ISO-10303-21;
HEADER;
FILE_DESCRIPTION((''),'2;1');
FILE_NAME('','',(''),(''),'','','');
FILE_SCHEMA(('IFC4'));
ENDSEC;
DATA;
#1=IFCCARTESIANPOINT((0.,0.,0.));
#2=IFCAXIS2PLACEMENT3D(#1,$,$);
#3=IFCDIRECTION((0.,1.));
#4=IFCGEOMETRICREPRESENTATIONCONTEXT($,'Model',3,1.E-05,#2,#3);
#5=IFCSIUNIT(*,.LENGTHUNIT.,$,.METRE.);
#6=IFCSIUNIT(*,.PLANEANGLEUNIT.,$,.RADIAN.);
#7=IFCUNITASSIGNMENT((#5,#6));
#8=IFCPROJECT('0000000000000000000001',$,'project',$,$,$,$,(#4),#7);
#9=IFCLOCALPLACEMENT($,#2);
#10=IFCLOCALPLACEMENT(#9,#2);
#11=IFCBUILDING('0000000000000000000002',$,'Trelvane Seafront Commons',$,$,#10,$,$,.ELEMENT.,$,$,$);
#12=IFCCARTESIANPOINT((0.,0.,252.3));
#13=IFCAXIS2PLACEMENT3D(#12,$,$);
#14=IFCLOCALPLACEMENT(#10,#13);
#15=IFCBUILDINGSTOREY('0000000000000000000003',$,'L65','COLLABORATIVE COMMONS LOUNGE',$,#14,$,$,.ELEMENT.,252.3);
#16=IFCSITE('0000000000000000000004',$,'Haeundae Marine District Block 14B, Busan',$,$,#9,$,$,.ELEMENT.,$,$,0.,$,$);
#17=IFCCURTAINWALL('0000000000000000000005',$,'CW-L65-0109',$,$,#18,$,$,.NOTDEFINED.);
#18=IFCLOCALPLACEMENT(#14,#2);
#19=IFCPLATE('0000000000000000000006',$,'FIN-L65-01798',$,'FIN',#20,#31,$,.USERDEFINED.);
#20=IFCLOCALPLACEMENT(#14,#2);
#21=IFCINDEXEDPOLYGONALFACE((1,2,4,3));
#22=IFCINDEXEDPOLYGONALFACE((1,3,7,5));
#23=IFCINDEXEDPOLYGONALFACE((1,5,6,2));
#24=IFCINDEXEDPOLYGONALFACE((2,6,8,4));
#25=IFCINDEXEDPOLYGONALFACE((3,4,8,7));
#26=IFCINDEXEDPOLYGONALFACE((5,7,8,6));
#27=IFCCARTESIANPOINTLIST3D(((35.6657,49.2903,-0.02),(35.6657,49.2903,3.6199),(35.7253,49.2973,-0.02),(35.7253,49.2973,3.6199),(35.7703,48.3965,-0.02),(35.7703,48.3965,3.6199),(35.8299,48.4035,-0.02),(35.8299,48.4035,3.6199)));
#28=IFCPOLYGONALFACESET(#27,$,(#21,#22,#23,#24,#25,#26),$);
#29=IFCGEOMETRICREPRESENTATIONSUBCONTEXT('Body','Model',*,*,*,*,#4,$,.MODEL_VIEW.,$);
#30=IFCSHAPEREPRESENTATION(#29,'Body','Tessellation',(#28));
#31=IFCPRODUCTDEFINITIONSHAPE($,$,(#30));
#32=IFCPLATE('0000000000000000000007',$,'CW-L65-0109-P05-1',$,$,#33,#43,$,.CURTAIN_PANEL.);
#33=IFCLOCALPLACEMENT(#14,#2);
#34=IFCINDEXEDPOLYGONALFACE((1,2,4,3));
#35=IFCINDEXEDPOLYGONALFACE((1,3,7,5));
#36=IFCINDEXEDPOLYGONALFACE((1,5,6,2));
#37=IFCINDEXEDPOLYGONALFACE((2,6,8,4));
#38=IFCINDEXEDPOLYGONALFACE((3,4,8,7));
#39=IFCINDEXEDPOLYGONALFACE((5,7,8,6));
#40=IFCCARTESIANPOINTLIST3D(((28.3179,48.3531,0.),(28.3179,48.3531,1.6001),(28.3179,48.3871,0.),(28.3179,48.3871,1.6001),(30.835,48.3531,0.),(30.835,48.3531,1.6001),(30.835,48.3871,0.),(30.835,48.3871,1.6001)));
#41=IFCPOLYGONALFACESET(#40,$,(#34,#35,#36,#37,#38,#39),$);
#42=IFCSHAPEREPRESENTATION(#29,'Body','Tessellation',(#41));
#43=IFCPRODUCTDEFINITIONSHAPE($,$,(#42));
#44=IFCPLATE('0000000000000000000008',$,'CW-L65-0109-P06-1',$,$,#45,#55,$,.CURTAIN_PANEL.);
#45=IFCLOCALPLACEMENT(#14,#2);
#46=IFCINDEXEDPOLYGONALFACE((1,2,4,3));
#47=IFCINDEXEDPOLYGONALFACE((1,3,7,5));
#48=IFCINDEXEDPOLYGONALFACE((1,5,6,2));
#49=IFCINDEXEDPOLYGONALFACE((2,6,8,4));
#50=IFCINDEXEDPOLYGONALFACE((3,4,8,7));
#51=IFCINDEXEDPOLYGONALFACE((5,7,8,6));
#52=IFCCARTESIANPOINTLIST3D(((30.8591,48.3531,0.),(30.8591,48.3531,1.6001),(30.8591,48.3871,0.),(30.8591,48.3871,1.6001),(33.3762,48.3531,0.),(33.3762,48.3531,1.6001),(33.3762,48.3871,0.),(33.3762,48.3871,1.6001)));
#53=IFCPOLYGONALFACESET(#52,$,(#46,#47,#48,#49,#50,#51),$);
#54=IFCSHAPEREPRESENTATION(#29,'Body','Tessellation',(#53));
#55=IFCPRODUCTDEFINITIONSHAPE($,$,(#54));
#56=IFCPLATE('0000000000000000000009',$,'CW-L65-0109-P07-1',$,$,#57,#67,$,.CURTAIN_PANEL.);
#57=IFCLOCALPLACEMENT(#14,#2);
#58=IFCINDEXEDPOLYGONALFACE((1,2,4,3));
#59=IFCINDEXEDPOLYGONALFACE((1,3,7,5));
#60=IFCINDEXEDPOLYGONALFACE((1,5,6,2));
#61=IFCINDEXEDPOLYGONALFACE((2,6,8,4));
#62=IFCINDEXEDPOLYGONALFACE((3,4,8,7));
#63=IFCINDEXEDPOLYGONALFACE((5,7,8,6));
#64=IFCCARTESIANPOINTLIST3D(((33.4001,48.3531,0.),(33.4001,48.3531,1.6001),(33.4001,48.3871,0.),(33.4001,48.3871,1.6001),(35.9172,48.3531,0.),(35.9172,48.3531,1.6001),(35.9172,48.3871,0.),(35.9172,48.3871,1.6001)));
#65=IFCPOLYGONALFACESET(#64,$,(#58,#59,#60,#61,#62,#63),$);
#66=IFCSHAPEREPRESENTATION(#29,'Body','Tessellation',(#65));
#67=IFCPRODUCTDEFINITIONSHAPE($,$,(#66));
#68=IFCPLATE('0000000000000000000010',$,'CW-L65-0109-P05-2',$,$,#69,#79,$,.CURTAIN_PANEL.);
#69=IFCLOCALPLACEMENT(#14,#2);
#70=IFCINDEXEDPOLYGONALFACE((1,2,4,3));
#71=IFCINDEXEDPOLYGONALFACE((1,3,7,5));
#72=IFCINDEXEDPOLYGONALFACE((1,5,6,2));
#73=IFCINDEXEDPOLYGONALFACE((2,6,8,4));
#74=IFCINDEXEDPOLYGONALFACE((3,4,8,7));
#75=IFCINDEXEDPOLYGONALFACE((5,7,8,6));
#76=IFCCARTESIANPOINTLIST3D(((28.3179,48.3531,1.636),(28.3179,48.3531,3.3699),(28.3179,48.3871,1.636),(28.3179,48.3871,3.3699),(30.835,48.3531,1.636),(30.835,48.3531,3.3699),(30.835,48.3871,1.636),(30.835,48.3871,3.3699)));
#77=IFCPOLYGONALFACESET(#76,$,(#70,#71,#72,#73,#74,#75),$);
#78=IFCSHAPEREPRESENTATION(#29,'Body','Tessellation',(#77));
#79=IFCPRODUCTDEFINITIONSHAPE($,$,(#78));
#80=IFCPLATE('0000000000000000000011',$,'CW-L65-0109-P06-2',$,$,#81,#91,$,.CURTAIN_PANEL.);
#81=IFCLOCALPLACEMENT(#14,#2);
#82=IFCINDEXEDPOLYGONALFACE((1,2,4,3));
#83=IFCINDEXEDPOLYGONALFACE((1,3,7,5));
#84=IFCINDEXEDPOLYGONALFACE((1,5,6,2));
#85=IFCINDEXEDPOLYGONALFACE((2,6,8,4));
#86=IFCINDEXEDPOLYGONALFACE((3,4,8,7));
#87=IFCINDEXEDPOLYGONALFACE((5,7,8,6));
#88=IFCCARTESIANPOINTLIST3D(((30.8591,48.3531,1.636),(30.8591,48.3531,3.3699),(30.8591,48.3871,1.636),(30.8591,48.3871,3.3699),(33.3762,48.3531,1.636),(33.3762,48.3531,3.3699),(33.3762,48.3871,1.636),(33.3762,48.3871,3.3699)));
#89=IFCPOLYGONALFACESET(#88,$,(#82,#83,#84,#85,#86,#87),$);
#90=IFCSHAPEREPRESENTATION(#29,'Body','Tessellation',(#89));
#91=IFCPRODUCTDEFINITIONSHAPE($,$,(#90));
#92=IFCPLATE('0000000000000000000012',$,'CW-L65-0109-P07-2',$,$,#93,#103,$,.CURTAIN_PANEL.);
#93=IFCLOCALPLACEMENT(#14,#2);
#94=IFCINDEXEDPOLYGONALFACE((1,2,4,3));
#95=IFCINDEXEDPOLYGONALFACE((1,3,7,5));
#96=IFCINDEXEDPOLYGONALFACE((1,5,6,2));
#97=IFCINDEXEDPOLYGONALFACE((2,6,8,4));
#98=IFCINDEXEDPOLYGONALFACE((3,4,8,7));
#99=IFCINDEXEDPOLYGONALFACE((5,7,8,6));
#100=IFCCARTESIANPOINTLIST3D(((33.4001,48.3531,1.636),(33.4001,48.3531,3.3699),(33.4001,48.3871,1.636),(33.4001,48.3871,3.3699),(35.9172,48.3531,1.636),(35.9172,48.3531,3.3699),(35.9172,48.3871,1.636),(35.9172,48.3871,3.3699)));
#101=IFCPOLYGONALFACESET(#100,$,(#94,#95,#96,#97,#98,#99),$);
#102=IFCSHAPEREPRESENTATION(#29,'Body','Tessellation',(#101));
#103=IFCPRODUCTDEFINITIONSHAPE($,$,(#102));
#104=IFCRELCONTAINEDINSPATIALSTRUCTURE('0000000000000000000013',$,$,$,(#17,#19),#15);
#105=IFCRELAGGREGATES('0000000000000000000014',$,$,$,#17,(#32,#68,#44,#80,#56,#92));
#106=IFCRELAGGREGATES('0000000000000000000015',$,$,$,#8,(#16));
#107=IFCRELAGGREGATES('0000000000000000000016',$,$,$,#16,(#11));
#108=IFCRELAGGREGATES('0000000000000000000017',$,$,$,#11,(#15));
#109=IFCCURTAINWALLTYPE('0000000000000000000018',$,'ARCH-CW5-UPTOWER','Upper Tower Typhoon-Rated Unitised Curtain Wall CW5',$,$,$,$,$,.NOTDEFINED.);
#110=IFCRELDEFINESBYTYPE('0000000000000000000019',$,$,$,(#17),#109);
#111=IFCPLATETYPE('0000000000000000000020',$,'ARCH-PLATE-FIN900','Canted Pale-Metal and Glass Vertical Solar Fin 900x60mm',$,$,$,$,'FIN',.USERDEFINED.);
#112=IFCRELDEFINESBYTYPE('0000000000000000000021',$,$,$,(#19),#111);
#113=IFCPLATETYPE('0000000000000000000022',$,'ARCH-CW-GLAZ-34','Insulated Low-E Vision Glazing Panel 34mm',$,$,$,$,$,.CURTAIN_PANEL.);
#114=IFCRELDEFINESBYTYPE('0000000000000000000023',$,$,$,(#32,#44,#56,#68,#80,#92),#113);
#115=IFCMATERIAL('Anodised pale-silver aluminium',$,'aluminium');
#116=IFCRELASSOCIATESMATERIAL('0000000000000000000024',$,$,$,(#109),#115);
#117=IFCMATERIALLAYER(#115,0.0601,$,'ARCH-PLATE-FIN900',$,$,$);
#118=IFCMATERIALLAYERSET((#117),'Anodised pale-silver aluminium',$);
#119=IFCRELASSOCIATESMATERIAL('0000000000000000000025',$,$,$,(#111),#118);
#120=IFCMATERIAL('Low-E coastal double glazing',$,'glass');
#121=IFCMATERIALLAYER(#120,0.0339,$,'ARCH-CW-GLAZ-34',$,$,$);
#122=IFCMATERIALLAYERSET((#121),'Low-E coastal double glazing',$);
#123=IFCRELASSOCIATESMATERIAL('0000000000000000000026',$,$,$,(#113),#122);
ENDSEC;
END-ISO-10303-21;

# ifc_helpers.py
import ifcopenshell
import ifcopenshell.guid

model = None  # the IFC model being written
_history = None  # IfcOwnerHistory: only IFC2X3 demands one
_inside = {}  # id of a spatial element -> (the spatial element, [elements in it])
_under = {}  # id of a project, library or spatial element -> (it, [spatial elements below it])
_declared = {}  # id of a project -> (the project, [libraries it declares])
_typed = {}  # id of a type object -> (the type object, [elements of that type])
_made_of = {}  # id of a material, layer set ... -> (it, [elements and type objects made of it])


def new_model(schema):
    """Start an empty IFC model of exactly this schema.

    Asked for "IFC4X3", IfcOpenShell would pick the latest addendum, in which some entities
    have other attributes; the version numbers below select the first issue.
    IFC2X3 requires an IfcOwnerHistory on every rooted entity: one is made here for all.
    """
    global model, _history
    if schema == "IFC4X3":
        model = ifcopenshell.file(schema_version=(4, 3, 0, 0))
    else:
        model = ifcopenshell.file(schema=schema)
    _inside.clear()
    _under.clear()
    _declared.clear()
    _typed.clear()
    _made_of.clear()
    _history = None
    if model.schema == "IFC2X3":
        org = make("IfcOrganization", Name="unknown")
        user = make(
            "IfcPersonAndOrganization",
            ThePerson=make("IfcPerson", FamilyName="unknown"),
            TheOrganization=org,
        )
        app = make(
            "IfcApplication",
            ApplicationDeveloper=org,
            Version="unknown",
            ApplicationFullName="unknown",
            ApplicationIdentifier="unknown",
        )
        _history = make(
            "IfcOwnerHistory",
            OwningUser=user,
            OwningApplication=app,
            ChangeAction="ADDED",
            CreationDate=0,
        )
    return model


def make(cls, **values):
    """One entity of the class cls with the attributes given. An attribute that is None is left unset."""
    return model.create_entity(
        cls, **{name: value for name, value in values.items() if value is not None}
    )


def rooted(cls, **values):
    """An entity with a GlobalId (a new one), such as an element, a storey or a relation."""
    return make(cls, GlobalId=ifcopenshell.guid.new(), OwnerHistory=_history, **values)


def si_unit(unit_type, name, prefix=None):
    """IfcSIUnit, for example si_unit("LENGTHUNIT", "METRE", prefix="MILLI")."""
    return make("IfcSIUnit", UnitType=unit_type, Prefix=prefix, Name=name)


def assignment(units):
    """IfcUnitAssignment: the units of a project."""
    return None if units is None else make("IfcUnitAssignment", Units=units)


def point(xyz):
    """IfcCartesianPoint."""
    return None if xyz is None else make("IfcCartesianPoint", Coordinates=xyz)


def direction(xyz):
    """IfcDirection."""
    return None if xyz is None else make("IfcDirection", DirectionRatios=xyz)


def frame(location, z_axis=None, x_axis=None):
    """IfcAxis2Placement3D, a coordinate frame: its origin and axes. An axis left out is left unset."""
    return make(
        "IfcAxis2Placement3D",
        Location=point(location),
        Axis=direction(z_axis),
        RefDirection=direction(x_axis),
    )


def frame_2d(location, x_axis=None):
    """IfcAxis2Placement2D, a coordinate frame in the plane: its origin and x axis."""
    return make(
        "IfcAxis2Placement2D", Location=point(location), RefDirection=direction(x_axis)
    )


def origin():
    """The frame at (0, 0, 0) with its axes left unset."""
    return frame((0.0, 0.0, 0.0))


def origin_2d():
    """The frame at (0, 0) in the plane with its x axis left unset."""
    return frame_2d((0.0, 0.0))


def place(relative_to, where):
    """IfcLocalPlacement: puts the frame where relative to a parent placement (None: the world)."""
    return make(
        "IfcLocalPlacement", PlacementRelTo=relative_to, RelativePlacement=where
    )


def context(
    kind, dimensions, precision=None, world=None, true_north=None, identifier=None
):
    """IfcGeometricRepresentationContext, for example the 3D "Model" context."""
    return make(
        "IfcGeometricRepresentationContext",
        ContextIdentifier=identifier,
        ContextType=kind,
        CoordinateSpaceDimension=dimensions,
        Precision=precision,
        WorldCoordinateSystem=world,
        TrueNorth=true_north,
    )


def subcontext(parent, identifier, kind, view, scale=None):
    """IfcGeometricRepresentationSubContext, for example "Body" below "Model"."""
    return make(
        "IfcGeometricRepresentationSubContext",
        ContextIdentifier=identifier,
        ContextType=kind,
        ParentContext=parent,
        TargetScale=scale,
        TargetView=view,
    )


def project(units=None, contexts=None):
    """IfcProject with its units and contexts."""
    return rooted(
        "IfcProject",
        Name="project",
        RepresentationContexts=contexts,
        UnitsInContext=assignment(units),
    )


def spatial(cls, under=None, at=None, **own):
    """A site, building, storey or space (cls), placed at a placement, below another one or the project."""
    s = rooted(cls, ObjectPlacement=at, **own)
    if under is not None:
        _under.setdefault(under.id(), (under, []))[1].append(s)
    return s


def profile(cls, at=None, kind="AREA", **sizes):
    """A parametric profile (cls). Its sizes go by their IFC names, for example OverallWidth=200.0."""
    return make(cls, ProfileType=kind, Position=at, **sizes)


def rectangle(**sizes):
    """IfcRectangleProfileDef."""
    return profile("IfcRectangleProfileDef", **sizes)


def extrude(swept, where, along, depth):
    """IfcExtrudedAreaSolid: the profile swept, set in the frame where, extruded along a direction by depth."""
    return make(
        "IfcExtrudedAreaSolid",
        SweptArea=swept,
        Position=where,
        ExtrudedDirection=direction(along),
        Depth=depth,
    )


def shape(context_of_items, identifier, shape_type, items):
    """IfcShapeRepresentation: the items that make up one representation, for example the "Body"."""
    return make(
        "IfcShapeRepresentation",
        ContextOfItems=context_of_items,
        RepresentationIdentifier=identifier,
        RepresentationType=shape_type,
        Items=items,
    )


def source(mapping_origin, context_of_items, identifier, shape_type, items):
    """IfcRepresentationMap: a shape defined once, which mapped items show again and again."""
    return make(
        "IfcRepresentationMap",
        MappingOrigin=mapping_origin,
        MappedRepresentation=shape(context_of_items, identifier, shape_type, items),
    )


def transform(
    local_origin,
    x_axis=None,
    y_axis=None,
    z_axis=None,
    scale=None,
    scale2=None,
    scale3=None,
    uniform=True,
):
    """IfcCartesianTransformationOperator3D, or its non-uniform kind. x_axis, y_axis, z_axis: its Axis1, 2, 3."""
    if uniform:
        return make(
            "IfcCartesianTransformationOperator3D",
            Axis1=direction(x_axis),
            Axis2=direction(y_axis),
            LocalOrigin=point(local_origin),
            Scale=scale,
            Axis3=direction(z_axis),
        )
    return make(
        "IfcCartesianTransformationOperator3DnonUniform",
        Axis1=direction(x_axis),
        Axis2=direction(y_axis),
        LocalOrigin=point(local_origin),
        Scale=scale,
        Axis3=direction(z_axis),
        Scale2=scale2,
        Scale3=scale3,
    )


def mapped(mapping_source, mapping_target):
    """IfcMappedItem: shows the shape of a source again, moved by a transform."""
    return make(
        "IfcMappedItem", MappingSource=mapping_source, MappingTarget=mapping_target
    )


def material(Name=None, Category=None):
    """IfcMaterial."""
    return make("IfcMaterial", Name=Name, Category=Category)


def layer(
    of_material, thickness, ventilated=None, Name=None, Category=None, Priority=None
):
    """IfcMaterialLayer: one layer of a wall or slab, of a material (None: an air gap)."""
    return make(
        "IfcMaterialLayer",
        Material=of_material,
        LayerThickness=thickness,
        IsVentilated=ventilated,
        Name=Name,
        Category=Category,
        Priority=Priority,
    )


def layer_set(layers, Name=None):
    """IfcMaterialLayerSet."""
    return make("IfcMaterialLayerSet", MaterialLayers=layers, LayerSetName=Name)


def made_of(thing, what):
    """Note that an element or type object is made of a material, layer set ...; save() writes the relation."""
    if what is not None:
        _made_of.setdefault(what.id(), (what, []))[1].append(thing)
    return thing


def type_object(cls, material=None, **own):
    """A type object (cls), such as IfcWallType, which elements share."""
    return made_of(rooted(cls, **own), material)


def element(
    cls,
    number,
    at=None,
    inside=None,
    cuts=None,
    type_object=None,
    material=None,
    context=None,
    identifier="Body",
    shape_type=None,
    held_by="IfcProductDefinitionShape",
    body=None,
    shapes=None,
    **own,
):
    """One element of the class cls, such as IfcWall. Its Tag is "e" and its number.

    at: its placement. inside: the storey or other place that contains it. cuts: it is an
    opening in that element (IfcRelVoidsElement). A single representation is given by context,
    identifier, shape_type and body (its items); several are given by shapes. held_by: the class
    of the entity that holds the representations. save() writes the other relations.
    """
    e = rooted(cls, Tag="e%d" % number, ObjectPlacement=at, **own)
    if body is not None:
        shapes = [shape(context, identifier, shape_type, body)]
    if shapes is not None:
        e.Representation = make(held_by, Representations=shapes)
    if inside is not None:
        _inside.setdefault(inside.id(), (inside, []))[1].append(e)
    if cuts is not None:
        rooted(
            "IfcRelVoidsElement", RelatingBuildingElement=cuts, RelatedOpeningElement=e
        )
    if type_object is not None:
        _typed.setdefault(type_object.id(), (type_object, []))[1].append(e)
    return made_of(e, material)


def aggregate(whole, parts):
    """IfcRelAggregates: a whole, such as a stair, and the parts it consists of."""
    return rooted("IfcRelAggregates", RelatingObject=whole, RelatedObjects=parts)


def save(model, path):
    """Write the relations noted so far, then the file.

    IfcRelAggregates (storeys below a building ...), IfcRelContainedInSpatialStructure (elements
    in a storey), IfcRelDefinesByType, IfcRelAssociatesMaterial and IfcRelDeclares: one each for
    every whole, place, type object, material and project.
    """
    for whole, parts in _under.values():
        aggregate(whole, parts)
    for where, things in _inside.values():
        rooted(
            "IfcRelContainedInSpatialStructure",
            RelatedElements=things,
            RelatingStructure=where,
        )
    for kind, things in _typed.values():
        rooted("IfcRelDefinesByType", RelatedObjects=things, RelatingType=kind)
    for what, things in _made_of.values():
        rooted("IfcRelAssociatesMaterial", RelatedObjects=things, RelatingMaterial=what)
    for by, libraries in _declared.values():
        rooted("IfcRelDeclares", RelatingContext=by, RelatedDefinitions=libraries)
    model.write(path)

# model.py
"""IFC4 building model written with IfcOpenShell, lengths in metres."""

from ifc_helpers import new_model, si_unit, direction, frame, origin, origin_2d, place, context, subcontext, project, spatial, rectangle, extrude, source, transform, mapped, material, layer, layer_set, type_object, element, aggregate, save


model = new_model("IFC4")

# Units and contexts
model_context = context("Model", 3, precision=1e-05, world=origin(), true_north=direction((0.0, 1.0)))
body_context = subcontext(model_context, "Body", "Model", "MODEL_VIEW")
ifc_project = project(units=[si_unit("LENGTHUNIT", "METRE"), si_unit("PLANEANGLEUNIT", "RADIAN")], contexts=[model_context])

# Site, building, storey
site_placement = place(None, origin())
site = spatial("IfcSite", under=ifc_project, at=site_placement, Name="Haeundae Marine District Block 14B, Busan", CompositionType="ELEMENT", RefElevation=0.0)
building_placement = place(site_placement, origin())
building = spatial("IfcBuilding", under=site, at=building_placement, Name="Trelvane Seafront Commons", CompositionType="ELEMENT")
storey_placement = place(building_placement, frame((0.0, 0.0, 252.3)))
storey = spatial("IfcBuildingStorey", under=building, at=storey_placement, Name="L65", Description="COLLABORATIVE COMMONS LOUNGE", CompositionType="ELEMENT", Elevation=252.3)

# Curtain wall
ifc_material_1 = material(Name="Anodised pale-silver aluminium", Category="aluminium")
curtain_wall_type = type_object("IfcCurtainWallType", Name="ARCH-CW5-UPTOWER", Description="Upper Tower Typhoon-Rated Unitised Curtain Wall CW5", PredefinedType="NOTDEFINED", material=ifc_material_1)
curtain_wall_placement = place(storey_placement, origin())
curtain_wall = element("IfcCurtainWall", 1, at=curtain_wall_placement, inside=storey, type_object=curtain_wall_type, Name="CW-L65-0109", PredefinedType="NOTDEFINED")

# Plate
ifc_layer_1 = layer(ifc_material_1, 0.0601, Name="ARCH-PLATE-FIN900")
ifc_layer_set_1 = layer_set([ifc_layer_1], Name="Anodised pale-silver aluminium")
plate_type_1 = type_object("IfcPlateType", Name="ARCH-PLATE-FIN900", Description="Canted Pale-Metal and Glass Vertical Solar Fin 900x60mm", ElementType="FIN", PredefinedType="USERDEFINED", material=ifc_layer_set_1)
shared_shape_1 = source(origin(), body_context, "Body", "SweptSolid", [
    extrude(rectangle(XDim=0.8999, YDim=0.0601, at=origin_2d()), origin(), (0.0, 0.0, 1.0), 3.6399),
])
for number, where, z_axis, x_axis, name in (
    (2, (35.7478, 48.8469, -0.02), (0.0, 0.0, 1.0), (-0.116222, 0.993223, 0.0), "FIN-L65-01798"),
):
    element("IfcPlate", number, at=place(storey_placement, frame(where, z_axis=z_axis, x_axis=x_axis)), inside=storey, type_object=plate_type_1, Name=name, ObjectType="FIN", PredefinedType="USERDEFINED", context=body_context, shape_type="MappedRepresentation", body=[
        mapped(shared_shape_1, transform((0.0, 0.0, 0.0), x_axis=(1.0, 0.0, 0.0), y_axis=(0.0, 1.0, 0.0), z_axis=(0.0, 0.0, 1.0), scale=1.0)),
    ])

# Plates
ifc_material_2 = material(Name="Low-E coastal double glazing", Category="glass")
ifc_layer_2 = layer(ifc_material_2, 0.0339, Name="ARCH-CW-GLAZ-34")
ifc_layer_set_2 = layer_set([ifc_layer_2], Name="Low-E coastal double glazing")
plate_type_2 = type_object("IfcPlateType", Name="ARCH-CW-GLAZ-34", Description="Insulated Low-E Vision Glazing Panel 34mm", PredefinedType="CURTAIN_PANEL", material=ifc_layer_set_2)
shared_shape_2 = source(origin(), body_context, "Body", "SweptSolid", [
    extrude(rectangle(XDim=2.5171, YDim=0.0339, at=origin_2d()), origin(), (0.0, 0.0, 1.0), 1.6001),
])
plate_1_placement = place(storey_placement, frame((29.5764, 48.3701, 0.0), z_axis=(0.0, 0.0, 1.0), x_axis=(1.0, 0.0, 0.0)))
plate_1 = element("IfcPlate", 3, at=plate_1_placement, type_object=plate_type_2, Name="CW-L65-0109-P05-1", PredefinedType="CURTAIN_PANEL", context=body_context, shape_type="MappedRepresentation", body=[
    mapped(shared_shape_2, transform((0.0, 0.0, 0.0), x_axis=(1.0, 0.0, 0.0), y_axis=(0.0, 1.0, 0.0), z_axis=(0.0, 0.0, 1.0), scale=1.0)),
])
plate_2_placement = place(storey_placement, frame((32.1177, 48.3701, 0.0), z_axis=(0.0, 0.0, 1.0), x_axis=(1.0, 0.0, 0.0)))
plate_2 = element("IfcPlate", 4, at=plate_2_placement, type_object=plate_type_2, Name="CW-L65-0109-P06-1", PredefinedType="CURTAIN_PANEL", context=body_context, shape_type="MappedRepresentation", body=[
    mapped(shared_shape_2, transform((0.0, 0.0, 0.0), x_axis=(1.0, 0.0, 0.0), y_axis=(0.0, 1.0, 0.0), z_axis=(0.0, 0.0, 1.0), scale=1.0)),
])
plate_3_placement = place(storey_placement, frame((34.6587, 48.3701, 0.0), z_axis=(0.0, 0.0, 1.0), x_axis=(1.0, 0.0, 0.0)))
plate_3 = element("IfcPlate", 5, at=plate_3_placement, type_object=plate_type_2, Name="CW-L65-0109-P07-1", PredefinedType="CURTAIN_PANEL", context=body_context, shape_type="MappedRepresentation", body=[
    mapped(shared_shape_2, transform((0.0, 0.0, 0.0), x_axis=(1.0, 0.0, 0.0), y_axis=(0.0, 1.0, 0.0), z_axis=(0.0, 0.0, 1.0), scale=1.0)),
])
shared_shape_3 = source(origin(), body_context, "Body", "SweptSolid", [
    extrude(rectangle(XDim=2.5171, YDim=0.0339, at=origin_2d()), origin(), (0.0, 0.0, 1.0), 1.7339),
])
plate_4_placement = place(storey_placement, frame((29.5764, 48.3701, 1.636), z_axis=(0.0, 0.0, 1.0), x_axis=(1.0, 0.0, 0.0)))
plate_4 = element("IfcPlate", 6, at=plate_4_placement, type_object=plate_type_2, Name="CW-L65-0109-P05-2", PredefinedType="CURTAIN_PANEL", context=body_context, shape_type="MappedRepresentation", body=[
    mapped(shared_shape_3, transform((0.0, 0.0, 0.0), x_axis=(1.0, 0.0, 0.0), y_axis=(0.0, 1.0, 0.0), z_axis=(0.0, 0.0, 1.0), scale=1.0)),
])
plate_5_placement = place(storey_placement, frame((32.1177, 48.3701, 1.636), z_axis=(0.0, 0.0, 1.0), x_axis=(1.0, 0.0, 0.0)))
plate_5 = element("IfcPlate", 7, at=plate_5_placement, type_object=plate_type_2, Name="CW-L65-0109-P06-2", PredefinedType="CURTAIN_PANEL", context=body_context, shape_type="MappedRepresentation", body=[
    mapped(shared_shape_3, transform((0.0, 0.0, 0.0), x_axis=(1.0, 0.0, 0.0), y_axis=(0.0, 1.0, 0.0), z_axis=(0.0, 0.0, 1.0), scale=1.0)),
])
plate_6_placement = place(storey_placement, frame((34.6587, 48.3701, 1.636), z_axis=(0.0, 0.0, 1.0), x_axis=(1.0, 0.0, 0.0)))
plate_6 = element("IfcPlate", 8, at=plate_6_placement, type_object=plate_type_2, Name="CW-L65-0109-P07-2", PredefinedType="CURTAIN_PANEL", context=body_context, shape_type="MappedRepresentation", body=[
    mapped(shared_shape_3, transform((0.0, 0.0, 0.0), x_axis=(1.0, 0.0, 0.0), y_axis=(0.0, 1.0, 0.0), z_axis=(0.0, 0.0, 1.0), scale=1.0)),
])
aggregate(curtain_wall, [plate_1, plate_4, plate_2, plate_5, plate_3, plate_6])

save(model, "model.ifc")
